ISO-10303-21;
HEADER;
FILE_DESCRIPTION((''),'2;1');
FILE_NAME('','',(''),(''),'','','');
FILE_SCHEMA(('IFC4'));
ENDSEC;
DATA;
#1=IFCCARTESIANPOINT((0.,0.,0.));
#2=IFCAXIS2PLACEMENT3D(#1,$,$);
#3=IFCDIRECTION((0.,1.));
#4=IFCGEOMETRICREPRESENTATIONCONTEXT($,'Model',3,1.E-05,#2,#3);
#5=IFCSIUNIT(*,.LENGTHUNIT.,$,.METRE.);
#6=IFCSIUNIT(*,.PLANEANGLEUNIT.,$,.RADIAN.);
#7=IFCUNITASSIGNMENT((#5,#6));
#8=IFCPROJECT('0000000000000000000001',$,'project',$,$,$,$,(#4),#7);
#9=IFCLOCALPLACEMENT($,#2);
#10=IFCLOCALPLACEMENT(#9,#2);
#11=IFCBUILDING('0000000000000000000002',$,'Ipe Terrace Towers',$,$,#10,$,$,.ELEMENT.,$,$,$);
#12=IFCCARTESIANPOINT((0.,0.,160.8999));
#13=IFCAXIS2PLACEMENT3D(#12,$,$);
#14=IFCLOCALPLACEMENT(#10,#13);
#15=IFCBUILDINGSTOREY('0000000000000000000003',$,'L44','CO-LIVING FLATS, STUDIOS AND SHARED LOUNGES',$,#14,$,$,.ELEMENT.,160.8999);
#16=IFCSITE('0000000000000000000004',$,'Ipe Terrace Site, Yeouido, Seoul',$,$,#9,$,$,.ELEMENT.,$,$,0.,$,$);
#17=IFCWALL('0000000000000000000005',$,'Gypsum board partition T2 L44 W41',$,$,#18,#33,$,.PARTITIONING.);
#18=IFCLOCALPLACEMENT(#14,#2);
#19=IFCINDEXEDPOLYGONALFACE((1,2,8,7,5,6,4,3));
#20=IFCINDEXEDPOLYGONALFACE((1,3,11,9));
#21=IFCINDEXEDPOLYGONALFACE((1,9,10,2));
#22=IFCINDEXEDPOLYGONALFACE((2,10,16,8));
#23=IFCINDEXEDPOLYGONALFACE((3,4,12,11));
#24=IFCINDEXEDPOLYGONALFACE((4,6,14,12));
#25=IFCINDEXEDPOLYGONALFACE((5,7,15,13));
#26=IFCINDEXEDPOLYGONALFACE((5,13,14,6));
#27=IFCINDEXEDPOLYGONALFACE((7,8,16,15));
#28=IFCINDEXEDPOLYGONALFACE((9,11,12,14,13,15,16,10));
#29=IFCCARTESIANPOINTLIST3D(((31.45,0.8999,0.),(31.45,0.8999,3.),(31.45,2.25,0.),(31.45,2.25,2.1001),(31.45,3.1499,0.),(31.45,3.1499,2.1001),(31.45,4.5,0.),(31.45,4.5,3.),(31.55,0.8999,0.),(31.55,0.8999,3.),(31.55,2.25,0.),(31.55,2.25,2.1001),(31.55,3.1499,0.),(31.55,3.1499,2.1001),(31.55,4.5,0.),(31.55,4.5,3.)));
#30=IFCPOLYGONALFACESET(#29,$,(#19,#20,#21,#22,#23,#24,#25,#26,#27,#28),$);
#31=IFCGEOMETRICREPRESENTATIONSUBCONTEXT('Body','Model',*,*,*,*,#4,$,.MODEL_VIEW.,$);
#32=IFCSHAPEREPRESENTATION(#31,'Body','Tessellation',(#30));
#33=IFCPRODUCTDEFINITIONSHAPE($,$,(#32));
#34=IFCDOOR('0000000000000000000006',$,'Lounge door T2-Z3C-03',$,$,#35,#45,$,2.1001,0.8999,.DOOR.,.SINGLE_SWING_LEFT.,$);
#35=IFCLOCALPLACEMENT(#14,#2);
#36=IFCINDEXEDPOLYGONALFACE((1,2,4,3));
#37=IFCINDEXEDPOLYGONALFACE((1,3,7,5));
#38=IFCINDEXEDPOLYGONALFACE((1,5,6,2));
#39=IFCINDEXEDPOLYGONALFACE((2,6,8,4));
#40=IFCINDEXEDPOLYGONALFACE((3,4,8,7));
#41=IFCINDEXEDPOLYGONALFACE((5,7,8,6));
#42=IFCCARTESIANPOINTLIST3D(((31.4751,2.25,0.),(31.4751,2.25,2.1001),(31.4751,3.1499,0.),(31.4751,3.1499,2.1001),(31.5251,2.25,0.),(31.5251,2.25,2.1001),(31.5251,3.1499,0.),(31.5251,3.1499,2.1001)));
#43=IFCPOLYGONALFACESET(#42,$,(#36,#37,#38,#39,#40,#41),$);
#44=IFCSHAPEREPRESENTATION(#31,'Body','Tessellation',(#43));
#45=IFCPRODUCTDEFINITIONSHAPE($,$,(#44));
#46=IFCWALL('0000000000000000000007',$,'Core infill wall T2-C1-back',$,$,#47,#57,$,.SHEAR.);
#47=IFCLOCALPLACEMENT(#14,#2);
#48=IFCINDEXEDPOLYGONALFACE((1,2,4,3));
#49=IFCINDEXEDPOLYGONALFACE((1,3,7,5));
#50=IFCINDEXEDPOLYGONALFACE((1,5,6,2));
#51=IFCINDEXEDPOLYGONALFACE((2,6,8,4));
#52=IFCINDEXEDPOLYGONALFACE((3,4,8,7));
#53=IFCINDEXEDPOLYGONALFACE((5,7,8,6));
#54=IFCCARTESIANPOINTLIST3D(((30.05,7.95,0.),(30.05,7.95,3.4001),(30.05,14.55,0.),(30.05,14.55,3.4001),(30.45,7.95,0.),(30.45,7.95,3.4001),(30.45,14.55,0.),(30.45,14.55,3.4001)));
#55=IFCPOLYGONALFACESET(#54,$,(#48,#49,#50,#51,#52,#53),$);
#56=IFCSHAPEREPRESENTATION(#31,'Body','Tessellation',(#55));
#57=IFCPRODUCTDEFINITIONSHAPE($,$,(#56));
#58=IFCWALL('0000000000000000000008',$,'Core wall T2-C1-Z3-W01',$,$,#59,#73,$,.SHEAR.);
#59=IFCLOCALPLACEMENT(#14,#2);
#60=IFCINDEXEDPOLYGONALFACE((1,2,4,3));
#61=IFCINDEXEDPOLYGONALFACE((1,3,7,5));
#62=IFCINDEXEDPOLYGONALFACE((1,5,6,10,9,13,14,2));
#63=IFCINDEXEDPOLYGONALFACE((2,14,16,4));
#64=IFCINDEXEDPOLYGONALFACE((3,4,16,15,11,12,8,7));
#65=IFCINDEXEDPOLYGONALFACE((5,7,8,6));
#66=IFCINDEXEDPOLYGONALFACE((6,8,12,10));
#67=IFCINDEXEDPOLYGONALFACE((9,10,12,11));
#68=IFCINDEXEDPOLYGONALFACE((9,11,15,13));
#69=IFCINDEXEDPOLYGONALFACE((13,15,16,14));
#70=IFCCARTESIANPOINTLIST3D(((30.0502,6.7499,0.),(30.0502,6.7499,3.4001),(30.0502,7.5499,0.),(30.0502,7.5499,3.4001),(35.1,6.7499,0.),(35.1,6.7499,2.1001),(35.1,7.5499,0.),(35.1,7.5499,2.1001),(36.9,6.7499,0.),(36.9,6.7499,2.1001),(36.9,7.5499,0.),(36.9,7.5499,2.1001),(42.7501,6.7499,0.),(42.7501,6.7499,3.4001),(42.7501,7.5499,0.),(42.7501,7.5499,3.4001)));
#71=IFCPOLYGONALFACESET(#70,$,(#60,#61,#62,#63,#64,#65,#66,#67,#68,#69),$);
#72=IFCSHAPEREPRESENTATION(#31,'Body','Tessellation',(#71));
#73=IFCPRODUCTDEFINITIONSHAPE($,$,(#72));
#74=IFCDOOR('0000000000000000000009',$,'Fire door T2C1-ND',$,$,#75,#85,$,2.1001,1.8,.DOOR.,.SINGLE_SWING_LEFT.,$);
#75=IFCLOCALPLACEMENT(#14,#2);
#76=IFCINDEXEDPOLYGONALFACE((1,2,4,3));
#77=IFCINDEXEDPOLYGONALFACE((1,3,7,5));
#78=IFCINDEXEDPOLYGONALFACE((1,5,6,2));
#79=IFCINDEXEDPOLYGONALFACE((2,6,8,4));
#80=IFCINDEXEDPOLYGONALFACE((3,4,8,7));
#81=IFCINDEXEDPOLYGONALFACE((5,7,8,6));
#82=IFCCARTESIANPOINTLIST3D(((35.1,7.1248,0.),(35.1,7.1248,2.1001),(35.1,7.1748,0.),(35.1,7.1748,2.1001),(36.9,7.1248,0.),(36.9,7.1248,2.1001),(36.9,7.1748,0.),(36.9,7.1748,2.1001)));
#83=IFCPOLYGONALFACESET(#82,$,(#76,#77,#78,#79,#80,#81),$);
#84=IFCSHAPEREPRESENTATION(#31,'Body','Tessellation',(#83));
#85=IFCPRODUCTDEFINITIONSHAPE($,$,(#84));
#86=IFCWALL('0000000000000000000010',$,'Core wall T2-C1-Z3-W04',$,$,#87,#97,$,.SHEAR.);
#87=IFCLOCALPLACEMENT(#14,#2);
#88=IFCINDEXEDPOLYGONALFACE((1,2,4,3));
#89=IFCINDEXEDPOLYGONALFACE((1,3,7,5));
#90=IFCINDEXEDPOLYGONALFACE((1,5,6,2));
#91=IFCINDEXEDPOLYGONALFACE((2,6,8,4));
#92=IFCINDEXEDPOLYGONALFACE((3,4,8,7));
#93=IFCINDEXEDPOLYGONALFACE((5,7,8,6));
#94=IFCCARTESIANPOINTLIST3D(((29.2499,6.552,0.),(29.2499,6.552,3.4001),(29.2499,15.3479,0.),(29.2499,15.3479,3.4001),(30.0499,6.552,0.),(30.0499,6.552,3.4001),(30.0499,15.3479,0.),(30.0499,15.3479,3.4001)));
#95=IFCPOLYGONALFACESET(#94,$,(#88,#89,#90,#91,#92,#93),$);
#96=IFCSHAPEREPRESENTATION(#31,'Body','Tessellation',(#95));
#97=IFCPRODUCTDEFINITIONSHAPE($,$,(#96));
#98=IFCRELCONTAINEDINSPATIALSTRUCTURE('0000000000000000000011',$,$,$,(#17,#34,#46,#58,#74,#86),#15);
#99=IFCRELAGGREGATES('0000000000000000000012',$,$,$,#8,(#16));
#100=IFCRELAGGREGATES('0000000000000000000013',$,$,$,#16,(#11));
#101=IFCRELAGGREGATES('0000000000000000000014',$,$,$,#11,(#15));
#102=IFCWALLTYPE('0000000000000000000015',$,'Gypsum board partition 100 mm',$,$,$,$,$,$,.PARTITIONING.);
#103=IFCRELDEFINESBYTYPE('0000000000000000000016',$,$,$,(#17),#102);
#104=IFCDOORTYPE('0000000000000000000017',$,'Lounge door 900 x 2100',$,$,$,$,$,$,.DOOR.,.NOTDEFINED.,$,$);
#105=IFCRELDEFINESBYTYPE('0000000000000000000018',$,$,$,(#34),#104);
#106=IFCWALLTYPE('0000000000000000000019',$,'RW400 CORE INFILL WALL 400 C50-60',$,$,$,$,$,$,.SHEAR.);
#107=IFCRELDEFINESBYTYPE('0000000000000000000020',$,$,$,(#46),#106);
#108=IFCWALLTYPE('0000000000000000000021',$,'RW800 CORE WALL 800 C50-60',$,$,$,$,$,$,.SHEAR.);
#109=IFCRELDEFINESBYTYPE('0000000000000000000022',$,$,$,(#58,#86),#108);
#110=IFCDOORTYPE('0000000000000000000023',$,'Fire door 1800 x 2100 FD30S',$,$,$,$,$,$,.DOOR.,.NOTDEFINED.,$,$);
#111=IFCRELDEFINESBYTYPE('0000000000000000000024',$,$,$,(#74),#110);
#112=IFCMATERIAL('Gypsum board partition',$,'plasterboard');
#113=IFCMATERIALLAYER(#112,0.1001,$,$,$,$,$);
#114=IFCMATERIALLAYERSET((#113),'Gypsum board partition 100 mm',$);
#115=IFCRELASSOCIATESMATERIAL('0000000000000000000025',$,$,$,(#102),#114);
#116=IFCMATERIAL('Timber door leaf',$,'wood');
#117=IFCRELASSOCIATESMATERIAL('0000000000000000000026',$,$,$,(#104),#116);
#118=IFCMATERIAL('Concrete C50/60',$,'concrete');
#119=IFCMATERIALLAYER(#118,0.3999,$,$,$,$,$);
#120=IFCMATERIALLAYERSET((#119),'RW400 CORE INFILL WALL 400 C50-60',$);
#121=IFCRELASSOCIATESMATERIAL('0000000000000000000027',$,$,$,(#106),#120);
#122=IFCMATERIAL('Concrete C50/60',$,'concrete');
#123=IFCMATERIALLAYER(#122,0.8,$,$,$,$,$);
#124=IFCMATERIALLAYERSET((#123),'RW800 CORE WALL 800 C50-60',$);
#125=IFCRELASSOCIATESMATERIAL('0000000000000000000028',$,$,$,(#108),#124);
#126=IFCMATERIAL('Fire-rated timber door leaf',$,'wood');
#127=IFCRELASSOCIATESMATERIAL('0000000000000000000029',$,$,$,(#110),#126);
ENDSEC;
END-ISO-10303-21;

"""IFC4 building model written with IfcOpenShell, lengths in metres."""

from ifc_helpers import new_model, si_unit, direction, frame, frame_2d, origin, place, context, subcontext, project, spatial, rectangle, extrude, material, layer, layer_set, type_object, element, fill, save


model = new_model("IFC4")

# Units and contexts
model_context = context("Model", 3, precision=1e-05, world=origin(), true_north=direction((0.0, 1.0)))
body_context = subcontext(model_context, "Body", "Model", "MODEL_VIEW")
ifc_project = project(units=[si_unit("LENGTHUNIT", "METRE"), si_unit("PLANEANGLEUNIT", "RADIAN")], contexts=[model_context])

# Site, building, storey
site_placement = place(None, origin())
site = spatial("IfcSite", under=ifc_project, at=site_placement, Name="Ipe Terrace Site, Yeouido, Seoul", CompositionType="ELEMENT", RefElevation=0.0)
building_placement = place(site_placement, origin())
building = spatial("IfcBuilding", under=site, at=building_placement, Name="Ipe Terrace Towers", CompositionType="ELEMENT")
storey_placement = place(building_placement, frame((0.0, 0.0, 160.8999)))
storey = spatial("IfcBuildingStorey", under=building, at=storey_placement, Name="L44", Description="CO-LIVING FLATS, STUDIOS AND SHARED LOUNGES", CompositionType="ELEMENT", Elevation=160.8999)

# Shared definitions
ifc_material_1 = material(Name="Gypsum board partition", Category="plasterboard")
ifc_layer_1 = layer(ifc_material_1, 0.1001)
ifc_layer_set_1 = layer_set([ifc_layer_1], Name="Gypsum board partition 100 mm")
wall_type_1 = type_object("IfcWallType", Name="Gypsum board partition 100 mm", PredefinedType="PARTITIONING", material=ifc_layer_set_1)
ifc_material_2 = material(Name="Timber door leaf", Category="wood")
door_type_1 = type_object("IfcDoorType", Name="Lounge door 900 x 2100", OperationType="NOTDEFINED", PredefinedType="DOOR", material=ifc_material_2)

# Wall, opening, door
wall_1_placement = place(storey_placement, frame((31.5, 0.8999, 0.0), z_axis=(0.0, 0.0, 1.0), x_axis=(0.0, 1.0, 0.0)))
wall_1 = element("IfcWall", 1, at=wall_1_placement, inside=storey, type_object=wall_type_1, Name="Gypsum board partition T2 L44 W41", PredefinedType="PARTITIONING", context=body_context, shape_type="SweptSolid", body=[
    extrude(rectangle(XDim=3.6001, YDim=0.1001, at=frame_2d((1.8, 0.0))), origin(), (0.0, 0.0, 1.0), 3.0),
])
opening_1_placement = place(wall_1_placement, frame((1.3501, 0.0, 0.0)))
opening_1 = element("IfcOpeningElement", 2, at=opening_1_placement, cuts=wall_1, PredefinedType="OPENING", context=body_context, shape_type="SweptSolid", body=[
    extrude(rectangle(XDim=0.8999, YDim=2.1001, at=frame_2d((0.45, 1.05))), frame((0.0, 0.0601, 0.0), z_axis=(0.0, -1.0, 0.0), x_axis=(1.0, 0.0, 0.0)), (0.0, 0.0, 1.0), 0.1201),
])
door_1_placement = place(opening_1_placement, origin())
door_1 = element("IfcDoor", 3, at=door_1_placement, inside=storey, type_object=door_type_1, Name="Lounge door T2-Z3C-03", OperationType="SINGLE_SWING_LEFT", OverallHeight=2.1001, OverallWidth=0.8999, PredefinedType="DOOR", context=body_context, shape_type="SweptSolid", body=[
    extrude(rectangle(XDim=0.8999, YDim=2.1001, at=frame_2d((0.45, 1.05))), frame((0.0, 0.0249, 0.0), z_axis=(0.0, -1.0, 0.0), x_axis=(1.0, 0.0, 0.0)), (0.0, 0.0, 1.0), 0.05),
])
fill(opening_1, door_1)

# Wall
ifc_material_3 = material(Name="Concrete C50/60", Category="concrete")
ifc_layer_2 = layer(ifc_material_3, 0.3999)
ifc_layer_set_2 = layer_set([ifc_layer_2], Name="RW400 CORE INFILL WALL 400 C50-60")
wall_type_2 = type_object("IfcWallType", Name="RW400 CORE INFILL WALL 400 C50-60", PredefinedType="SHEAR", material=ifc_layer_set_2)
wall_2_placement = place(storey_placement, frame((30.25, 7.95, 0.0), z_axis=(0.0, 0.0, 1.0), x_axis=(0.0, 1.0, 0.0)))
element("IfcWall", 4, at=wall_2_placement, inside=storey, type_object=wall_type_2, Name="Core infill wall T2-C1-back", PredefinedType="SHEAR", context=body_context, shape_type="SweptSolid", body=[
    extrude(rectangle(XDim=6.6001, YDim=0.3999, at=frame_2d((3.3, 0.0))), origin(), (0.0, 0.0, 1.0), 3.4001),
])

# Wall, opening, door
ifc_material_4 = material(Name="Concrete C50/60", Category="concrete")
ifc_layer_3 = layer(ifc_material_4, 0.8)
ifc_layer_set_3 = layer_set([ifc_layer_3], Name="RW800 CORE WALL 800 C50-60")
wall_type_3 = type_object("IfcWallType", Name="RW800 CORE WALL 800 C50-60", PredefinedType="SHEAR", material=ifc_layer_set_3)
wall_3_placement = place(storey_placement, frame((30.05, 7.1499, 0.0), z_axis=(0.0, 0.0, 1.0), x_axis=(1.0, 0.0, 0.0)))
wall_3 = element("IfcWall", 5, at=wall_3_placement, inside=storey, type_object=wall_type_3, Name="Core wall T2-C1-Z3-W01", PredefinedType="SHEAR", context=body_context, shape_type="SweptSolid", body=[
    extrude(rectangle(XDim=12.7, YDim=0.8, at=frame_2d((6.3501, 0.0))), origin(), (0.0, 0.0, 1.0), 3.4001),
])
opening_2_placement = place(wall_3_placement, frame((5.05, 0.0, 0.0)))
opening_2 = element("IfcOpeningElement", 6, at=opening_2_placement, cuts=wall_3, PredefinedType="OPENING", context=body_context, shape_type="SweptSolid", body=[
    extrude(rectangle(XDim=1.8, YDim=2.1001, at=frame_2d((0.8999, 1.05))), frame((0.0, 0.4102, 0.0), z_axis=(0.0, -1.0, 0.0), x_axis=(1.0, 0.0, 0.0)), (0.0, 0.0, 1.0), 0.8201),
])
ifc_material_5 = material(Name="Fire-rated timber door leaf", Category="wood")
door_type_2 = type_object("IfcDoorType", Name="Fire door 1800 x 2100 FD30S", OperationType="NOTDEFINED", PredefinedType="DOOR", material=ifc_material_5)
door_2_placement = place(opening_2_placement, origin())
door_2 = element("IfcDoor", 7, at=door_2_placement, inside=storey, type_object=door_type_2, Name="Fire door T2C1-ND", OperationType="SINGLE_SWING_LEFT", OverallHeight=2.1001, OverallWidth=1.8, PredefinedType="DOOR", context=body_context, shape_type="SweptSolid", body=[
    extrude(rectangle(XDim=1.8, YDim=2.1001, at=frame_2d((0.8999, 1.05))), frame((0.0, 0.0249, 0.0), z_axis=(0.0, -1.0, 0.0), x_axis=(1.0, 0.0, 0.0)), (0.0, 0.0, 1.0), 0.05),
])
fill(opening_2, door_2)

# Wall
wall_4_placement = place(storey_placement, frame((29.6499, 15.3479, 0.0), z_axis=(0.0, 0.0, 1.0), x_axis=(0.0, -1.0, 0.0)))
element("IfcWall", 8, at=wall_4_placement, inside=storey, type_object=wall_type_3, Name="Core wall T2-C1-Z3-W04", PredefinedType="SHEAR", context=body_context, shape_type="SweptSolid", body=[
    extrude(rectangle(XDim=8.7959, YDim=0.8, at=frame_2d((4.3979, 0.0))), origin(), (0.0, 0.0, 1.0), 3.4001),
])

save(model, "model.ifc")
